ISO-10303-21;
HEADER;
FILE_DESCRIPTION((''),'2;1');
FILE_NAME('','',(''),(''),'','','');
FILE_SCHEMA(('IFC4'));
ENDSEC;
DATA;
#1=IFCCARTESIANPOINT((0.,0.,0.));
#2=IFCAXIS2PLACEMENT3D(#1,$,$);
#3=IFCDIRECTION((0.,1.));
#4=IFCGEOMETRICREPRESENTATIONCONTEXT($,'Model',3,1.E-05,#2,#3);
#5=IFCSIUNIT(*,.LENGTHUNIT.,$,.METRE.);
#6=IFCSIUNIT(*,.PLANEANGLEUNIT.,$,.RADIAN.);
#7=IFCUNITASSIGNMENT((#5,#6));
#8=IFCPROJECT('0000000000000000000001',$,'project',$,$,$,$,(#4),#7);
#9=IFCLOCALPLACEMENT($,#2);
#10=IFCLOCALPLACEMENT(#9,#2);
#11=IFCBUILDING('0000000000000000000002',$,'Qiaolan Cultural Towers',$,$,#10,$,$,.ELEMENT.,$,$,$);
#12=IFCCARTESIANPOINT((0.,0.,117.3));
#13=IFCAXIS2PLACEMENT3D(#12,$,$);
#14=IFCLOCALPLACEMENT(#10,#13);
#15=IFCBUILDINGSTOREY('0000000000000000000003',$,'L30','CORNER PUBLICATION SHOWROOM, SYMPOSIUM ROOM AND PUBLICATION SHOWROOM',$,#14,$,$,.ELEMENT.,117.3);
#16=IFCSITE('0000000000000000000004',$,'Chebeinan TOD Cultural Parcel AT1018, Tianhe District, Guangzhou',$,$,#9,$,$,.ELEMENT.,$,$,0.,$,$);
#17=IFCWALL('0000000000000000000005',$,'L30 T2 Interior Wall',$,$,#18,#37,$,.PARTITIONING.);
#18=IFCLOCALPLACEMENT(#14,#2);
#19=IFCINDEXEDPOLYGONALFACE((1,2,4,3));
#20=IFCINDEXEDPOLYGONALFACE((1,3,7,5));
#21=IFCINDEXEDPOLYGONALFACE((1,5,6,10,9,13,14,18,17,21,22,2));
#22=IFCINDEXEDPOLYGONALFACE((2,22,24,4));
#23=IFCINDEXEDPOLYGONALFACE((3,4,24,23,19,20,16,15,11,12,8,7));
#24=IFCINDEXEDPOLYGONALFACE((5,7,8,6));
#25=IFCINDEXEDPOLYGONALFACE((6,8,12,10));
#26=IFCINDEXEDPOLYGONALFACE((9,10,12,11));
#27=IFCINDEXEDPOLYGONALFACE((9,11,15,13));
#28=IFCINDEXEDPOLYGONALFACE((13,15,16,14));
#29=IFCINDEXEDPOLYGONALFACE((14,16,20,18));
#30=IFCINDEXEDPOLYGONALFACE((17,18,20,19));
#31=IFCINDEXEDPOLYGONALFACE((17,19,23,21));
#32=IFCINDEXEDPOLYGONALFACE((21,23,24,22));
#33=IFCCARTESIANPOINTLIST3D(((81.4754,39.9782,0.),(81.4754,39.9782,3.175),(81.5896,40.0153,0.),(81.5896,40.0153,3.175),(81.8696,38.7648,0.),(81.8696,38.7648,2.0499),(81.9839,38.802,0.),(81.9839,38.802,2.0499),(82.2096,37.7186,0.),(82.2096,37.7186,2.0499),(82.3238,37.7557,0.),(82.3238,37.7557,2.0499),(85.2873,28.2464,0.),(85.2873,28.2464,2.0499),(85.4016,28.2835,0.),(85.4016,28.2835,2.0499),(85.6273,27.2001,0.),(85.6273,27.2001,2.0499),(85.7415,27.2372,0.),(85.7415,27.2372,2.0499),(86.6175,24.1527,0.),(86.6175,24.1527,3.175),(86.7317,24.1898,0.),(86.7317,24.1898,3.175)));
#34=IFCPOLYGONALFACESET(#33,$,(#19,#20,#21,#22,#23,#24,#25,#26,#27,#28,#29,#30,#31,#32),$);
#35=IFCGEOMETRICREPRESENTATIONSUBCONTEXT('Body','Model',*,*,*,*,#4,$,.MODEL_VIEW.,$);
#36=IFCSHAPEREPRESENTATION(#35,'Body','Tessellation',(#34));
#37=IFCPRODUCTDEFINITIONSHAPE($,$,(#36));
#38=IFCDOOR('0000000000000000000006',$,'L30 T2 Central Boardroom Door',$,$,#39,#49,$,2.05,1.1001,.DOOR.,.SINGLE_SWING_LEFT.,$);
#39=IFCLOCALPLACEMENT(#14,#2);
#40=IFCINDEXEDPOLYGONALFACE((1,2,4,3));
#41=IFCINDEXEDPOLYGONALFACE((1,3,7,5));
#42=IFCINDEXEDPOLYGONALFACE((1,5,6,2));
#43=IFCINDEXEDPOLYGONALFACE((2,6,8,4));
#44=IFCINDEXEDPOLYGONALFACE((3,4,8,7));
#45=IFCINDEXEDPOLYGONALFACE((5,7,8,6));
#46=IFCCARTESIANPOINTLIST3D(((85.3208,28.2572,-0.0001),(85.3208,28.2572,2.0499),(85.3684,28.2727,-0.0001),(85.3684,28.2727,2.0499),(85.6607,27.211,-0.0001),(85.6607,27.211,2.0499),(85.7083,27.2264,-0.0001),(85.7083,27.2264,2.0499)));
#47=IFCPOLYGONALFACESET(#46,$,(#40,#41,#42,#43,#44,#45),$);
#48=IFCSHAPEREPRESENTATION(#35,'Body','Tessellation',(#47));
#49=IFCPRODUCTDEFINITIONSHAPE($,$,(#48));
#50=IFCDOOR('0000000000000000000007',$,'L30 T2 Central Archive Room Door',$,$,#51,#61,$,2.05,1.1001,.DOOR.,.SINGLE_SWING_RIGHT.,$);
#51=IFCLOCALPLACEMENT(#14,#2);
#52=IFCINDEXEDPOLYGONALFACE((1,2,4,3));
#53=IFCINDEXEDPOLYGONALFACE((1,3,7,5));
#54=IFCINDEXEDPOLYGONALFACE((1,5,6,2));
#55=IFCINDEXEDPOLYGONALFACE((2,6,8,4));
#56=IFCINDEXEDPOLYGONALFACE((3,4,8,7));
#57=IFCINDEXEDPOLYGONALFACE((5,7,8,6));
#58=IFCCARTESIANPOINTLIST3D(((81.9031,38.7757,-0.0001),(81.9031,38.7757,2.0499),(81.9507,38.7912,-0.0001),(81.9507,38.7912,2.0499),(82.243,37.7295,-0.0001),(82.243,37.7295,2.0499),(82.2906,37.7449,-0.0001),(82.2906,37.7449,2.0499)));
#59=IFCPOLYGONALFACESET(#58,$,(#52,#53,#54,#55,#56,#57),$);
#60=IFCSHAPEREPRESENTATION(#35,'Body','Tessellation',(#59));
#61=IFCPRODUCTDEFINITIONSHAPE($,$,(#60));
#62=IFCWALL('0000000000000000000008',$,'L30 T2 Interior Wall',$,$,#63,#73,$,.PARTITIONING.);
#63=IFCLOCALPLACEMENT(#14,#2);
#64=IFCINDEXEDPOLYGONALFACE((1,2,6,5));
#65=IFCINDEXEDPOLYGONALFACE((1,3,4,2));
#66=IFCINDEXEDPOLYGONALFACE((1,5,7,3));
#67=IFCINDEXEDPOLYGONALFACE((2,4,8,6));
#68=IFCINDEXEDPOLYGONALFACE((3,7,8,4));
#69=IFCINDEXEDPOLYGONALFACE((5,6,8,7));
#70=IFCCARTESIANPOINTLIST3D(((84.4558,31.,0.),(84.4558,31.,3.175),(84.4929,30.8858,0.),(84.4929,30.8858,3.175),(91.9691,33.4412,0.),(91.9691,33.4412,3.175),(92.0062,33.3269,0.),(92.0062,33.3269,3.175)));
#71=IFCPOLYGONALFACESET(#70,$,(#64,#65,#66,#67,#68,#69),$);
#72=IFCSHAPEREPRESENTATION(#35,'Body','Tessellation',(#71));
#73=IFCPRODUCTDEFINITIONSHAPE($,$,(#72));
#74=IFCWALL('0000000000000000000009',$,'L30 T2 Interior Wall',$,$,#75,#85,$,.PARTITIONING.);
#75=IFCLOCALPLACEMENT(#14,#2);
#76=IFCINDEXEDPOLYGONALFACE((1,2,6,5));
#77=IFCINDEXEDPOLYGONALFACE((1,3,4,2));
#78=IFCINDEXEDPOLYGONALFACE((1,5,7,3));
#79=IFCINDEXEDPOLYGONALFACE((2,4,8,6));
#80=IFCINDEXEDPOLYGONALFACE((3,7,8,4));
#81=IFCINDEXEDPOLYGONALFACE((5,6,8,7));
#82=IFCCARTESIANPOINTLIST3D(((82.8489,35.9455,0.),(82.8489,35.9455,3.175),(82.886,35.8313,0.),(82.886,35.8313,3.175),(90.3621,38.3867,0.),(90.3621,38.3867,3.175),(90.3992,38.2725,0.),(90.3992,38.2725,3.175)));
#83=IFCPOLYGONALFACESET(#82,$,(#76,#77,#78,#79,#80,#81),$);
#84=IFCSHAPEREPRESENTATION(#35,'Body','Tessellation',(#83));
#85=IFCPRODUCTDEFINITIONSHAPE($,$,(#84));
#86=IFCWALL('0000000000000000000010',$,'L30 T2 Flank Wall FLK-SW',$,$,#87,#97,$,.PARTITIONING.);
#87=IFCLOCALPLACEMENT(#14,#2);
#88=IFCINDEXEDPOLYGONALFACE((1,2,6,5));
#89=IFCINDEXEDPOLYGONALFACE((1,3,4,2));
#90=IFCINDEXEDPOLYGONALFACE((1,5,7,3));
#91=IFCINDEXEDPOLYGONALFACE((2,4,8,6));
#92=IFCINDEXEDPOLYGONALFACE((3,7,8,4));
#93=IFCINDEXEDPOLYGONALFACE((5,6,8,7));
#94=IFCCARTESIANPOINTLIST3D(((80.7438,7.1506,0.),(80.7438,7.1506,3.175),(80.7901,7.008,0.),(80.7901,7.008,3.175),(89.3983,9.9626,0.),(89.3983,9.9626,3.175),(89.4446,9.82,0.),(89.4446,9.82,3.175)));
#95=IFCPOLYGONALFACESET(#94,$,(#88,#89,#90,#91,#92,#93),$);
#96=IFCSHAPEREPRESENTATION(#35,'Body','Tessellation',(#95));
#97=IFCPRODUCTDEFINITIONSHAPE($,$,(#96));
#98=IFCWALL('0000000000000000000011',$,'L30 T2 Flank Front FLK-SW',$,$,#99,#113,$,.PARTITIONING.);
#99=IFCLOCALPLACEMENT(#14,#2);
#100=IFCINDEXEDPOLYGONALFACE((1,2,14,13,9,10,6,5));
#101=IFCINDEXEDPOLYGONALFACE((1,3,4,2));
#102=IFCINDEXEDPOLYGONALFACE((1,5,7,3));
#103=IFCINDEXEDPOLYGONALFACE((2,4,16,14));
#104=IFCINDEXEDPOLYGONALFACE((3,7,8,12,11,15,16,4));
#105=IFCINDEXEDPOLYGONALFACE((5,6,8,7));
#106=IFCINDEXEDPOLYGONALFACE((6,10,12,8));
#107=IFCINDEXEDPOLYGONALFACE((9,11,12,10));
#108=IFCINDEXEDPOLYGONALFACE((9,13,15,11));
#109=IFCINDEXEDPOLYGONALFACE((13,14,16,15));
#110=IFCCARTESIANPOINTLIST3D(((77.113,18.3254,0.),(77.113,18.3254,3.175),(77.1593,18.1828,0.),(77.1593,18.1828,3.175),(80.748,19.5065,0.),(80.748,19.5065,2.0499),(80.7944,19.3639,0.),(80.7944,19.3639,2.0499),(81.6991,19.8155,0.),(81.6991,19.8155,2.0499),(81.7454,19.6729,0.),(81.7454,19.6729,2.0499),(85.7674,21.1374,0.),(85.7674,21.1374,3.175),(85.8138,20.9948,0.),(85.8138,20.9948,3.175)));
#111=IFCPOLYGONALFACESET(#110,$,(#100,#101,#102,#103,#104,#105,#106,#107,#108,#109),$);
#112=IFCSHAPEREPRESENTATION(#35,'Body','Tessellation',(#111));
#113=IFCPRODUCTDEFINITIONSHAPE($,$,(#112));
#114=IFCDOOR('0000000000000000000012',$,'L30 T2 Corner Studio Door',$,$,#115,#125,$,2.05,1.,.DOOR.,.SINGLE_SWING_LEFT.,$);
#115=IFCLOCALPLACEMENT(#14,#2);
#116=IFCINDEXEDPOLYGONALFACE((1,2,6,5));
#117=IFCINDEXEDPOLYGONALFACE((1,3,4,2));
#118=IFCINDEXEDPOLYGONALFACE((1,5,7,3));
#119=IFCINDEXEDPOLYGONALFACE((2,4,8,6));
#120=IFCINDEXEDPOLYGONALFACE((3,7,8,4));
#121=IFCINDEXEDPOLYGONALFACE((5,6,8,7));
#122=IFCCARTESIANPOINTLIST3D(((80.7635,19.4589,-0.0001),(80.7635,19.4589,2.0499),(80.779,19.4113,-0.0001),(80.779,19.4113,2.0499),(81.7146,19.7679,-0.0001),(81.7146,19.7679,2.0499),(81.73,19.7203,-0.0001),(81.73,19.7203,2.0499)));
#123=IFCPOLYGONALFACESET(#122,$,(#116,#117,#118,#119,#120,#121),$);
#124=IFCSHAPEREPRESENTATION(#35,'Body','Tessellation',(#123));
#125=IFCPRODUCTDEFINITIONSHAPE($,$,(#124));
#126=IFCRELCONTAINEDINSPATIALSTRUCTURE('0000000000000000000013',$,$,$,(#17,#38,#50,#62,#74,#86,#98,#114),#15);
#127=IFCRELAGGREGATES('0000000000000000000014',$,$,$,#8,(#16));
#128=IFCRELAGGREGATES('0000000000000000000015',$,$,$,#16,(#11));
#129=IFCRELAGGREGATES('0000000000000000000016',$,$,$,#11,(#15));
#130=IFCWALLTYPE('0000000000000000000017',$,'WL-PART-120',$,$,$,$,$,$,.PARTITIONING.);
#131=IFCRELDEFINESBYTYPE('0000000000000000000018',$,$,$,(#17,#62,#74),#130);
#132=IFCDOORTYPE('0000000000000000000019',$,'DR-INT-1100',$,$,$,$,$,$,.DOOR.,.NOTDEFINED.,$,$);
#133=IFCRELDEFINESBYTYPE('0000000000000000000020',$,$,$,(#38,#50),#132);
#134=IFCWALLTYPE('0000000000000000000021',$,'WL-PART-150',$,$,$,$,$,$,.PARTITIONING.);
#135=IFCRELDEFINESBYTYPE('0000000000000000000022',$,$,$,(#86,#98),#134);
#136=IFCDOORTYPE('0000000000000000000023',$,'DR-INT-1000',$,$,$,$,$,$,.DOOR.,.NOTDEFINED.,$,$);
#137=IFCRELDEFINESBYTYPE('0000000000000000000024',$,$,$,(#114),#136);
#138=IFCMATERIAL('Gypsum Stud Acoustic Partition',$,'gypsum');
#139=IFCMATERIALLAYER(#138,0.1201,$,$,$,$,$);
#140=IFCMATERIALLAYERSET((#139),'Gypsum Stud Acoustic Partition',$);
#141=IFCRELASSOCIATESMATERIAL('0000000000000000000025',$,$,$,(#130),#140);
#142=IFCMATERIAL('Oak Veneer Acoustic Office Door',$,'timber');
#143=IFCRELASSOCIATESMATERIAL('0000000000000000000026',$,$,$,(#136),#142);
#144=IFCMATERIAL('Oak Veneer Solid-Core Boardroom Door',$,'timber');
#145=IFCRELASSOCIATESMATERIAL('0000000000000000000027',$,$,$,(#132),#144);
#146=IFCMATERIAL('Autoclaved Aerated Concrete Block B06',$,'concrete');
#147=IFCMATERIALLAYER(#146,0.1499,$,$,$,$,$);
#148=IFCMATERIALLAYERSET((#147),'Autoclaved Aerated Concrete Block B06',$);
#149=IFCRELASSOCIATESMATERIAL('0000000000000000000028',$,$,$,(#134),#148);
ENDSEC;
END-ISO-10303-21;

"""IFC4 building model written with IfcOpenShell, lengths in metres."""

from ifc_helpers import new_model, si_unit, direction, frame, frame_2d, origin, place, context, subcontext, project, spatial, rectangle, extrude, material, layer, layer_set, type_object, element, fill, save


model = new_model("IFC4")

# Units and contexts
model_context = context("Model", 3, precision=1e-05, world=origin(), true_north=direction((0.0, 1.0)))
body_context = subcontext(model_context, "Body", "Model", "MODEL_VIEW")
ifc_project = project(units=[si_unit("LENGTHUNIT", "METRE"), si_unit("PLANEANGLEUNIT", "RADIAN")], contexts=[model_context])

# Site, building, storey
site_placement = place(None, origin())
site = spatial("IfcSite", under=ifc_project, at=site_placement, Name="Chebeinan TOD Cultural Parcel AT1018, Tianhe District, Guangzhou", CompositionType="ELEMENT", RefElevation=0.0)
building_placement = place(site_placement, origin())
building = spatial("IfcBuilding", under=site, at=building_placement, Name="Qiaolan Cultural Towers", CompositionType="ELEMENT")
storey_placement = place(building_placement, frame((0.0, 0.0, 117.3)))
storey = spatial("IfcBuildingStorey", under=building, at=storey_placement, Name="L30", Description="CORNER PUBLICATION SHOWROOM, SYMPOSIUM ROOM AND PUBLICATION SHOWROOM", CompositionType="ELEMENT", Elevation=117.3)

# Shared definitions
ifc_material_1 = material(Name="Gypsum Stud Acoustic Partition", Category="gypsum")
ifc_layer_1 = layer(ifc_material_1, 0.1201)
ifc_layer_set_1 = layer_set([ifc_layer_1], Name="Gypsum Stud Acoustic Partition")
wall_type_1 = type_object("IfcWallType", Name="WL-PART-120", PredefinedType="PARTITIONING", material=ifc_layer_set_1)

# Wall, openings, doors
ifc_material_2 = material(Name="Oak Veneer Acoustic Office Door", Category="timber")
door_type_1 = type_object("IfcDoorType", Name="DR-INT-1000", OperationType="NOTDEFINED", PredefinedType="DOOR", material=ifc_material_2)
wall_1_placement = place(storey_placement, frame((86.6746, 24.1714, 0.0), z_axis=(0.0, 0.0, 1.0), x_axis=(-0.309022, 0.951055, 0.0)))
wall_1 = element("IfcWall", 1, at=wall_1_placement, inside=storey, type_object=wall_type_1, Name="L30 T2 Interior Wall", PredefinedType="PARTITIONING", context=body_context, shape_type="SweptSolid", body=[
    extrude(rectangle(XDim=16.6399, YDim=0.1201, at=frame_2d((8.3198, 0.0))), origin(), (0.0, 0.0, 1.0), 3.175),
])
opening_1_placement = place(wall_1_placement, frame((3.2041, 0.0, 0.0)))
opening_1 = element("IfcOpeningElement", 2, at=opening_1_placement, cuts=wall_1, PredefinedType="OPENING", context=body_context, shape_type="SweptSolid", body=[
    extrude(rectangle(XDim=1.1001, YDim=2.05, at=frame_2d((0.55, 1.0249))), frame((0.0, 0.0701, 0.0), z_axis=(0.0, -1.0, 0.0), x_axis=(1.0, 0.0, 0.0)), (0.0, 0.0, 1.0), 0.1401),
])
opening_2_placement = place(wall_1_placement, frame((14.2639, 0.0, 0.0)))
opening_2 = element("IfcOpeningElement", 3, at=opening_2_placement, cuts=wall_1, PredefinedType="OPENING", context=body_context, shape_type="SweptSolid", body=[
    extrude(rectangle(XDim=1.1001, YDim=2.05, at=frame_2d((0.55, 1.0249))), frame((0.0, 0.0701, 0.0), z_axis=(0.0, -1.0, 0.0), x_axis=(1.0, 0.0, 0.0)), (0.0, 0.0, 1.0), 0.1401),
])
ifc_material_3 = material(Name="Oak Veneer Solid-Core Boardroom Door", Category="timber")
door_type_2 = type_object("IfcDoorType", Name="DR-INT-1100", OperationType="NOTDEFINED", PredefinedType="DOOR", material=ifc_material_3)
door_1_placement = place(opening_1_placement, origin())
door_1 = element("IfcDoor", 4, at=door_1_placement, inside=storey, type_object=door_type_2, Name="L30 T2 Central Boardroom Door", OperationType="SINGLE_SWING_LEFT", OverallHeight=2.05, OverallWidth=1.1001, PredefinedType="DOOR", context=body_context, shape_type="SweptSolid", body=[
    extrude(rectangle(XDim=1.1001, YDim=2.05, at=frame_2d((0.55, 1.0249))), frame((0.0, 0.0249, 0.0), z_axis=(0.0, -1.0, 0.0), x_axis=(1.0, 0.0, 0.0)), (0.0, 0.0, 1.0), 0.05),
])
fill(opening_1, door_1)
door_2_placement = place(opening_2_placement, origin())
door_2 = element("IfcDoor", 5, at=door_2_placement, inside=storey, type_object=door_type_2, Name="L30 T2 Central Archive Room Door", OperationType="SINGLE_SWING_RIGHT", OverallHeight=2.05, OverallWidth=1.1001, PredefinedType="DOOR", context=body_context, shape_type="SweptSolid", body=[
    extrude(rectangle(XDim=1.1001, YDim=2.05, at=frame_2d((0.55, 1.0249))), frame((0.0, 0.0249, 0.0), z_axis=(0.0, -1.0, 0.0), x_axis=(1.0, 0.0, 0.0)), (0.0, 0.0, 1.0), 0.05),
])
fill(opening_2, door_2)

# Walls
for number, where, z_axis, x_axis, name in (
    (6, (84.4744, 30.9429, 0.0), (0.0, 0.0, 1.0), (0.951057, 0.309015, 0.0), "L30 T2 Interior Wall"),
    (7, (82.8674, 35.8884, 0.0), (0.0, 0.0, 1.0), (0.951057, 0.309015, 0.0), "L30 T2 Interior Wall"),
):
    element("IfcWall", number, at=place(storey_placement, frame(where, z_axis=z_axis, x_axis=x_axis)), inside=storey, type_object=wall_type_1, Name=name, PredefinedType="PARTITIONING", context=body_context, shape_type="SweptSolid", body=[
        extrude(rectangle(XDim=7.8999, YDim=0.1201, at=frame_2d((3.95, 0.0))), origin(), (0.0, 0.0, 1.0), 3.175),
    ])
ifc_material_4 = material(Name="Autoclaved Aerated Concrete Block B06", Category="concrete")
ifc_layer_2 = layer(ifc_material_4, 0.1499)
ifc_layer_set_2 = layer_set([ifc_layer_2], Name="Autoclaved Aerated Concrete Block B06")
wall_type_2 = type_object("IfcWallType", Name="WL-PART-150", PredefinedType="PARTITIONING", material=ifc_layer_set_2)
wall_2_placement = place(storey_placement, frame((80.7671, 7.0793, 0.0), z_axis=(0.0, 0.0, 1.0), x_axis=(0.951057, 0.309015, 0.0)))
element("IfcWall", 8, at=wall_2_placement, inside=storey, type_object=wall_type_2, Name="L30 T2 Flank Wall FLK-SW", PredefinedType="PARTITIONING", context=body_context, shape_type="SweptSolid", body=[
    extrude(rectangle(XDim=9.0999, YDim=0.1499, at=frame_2d((4.5498, 0.0))), origin(), (0.0, 0.0, 1.0), 3.175),
])

# Wall, opening, door
wall_3_placement = place(storey_placement, frame((77.1362, 18.2542, 0.0), z_axis=(0.0, 0.0, 1.0), x_axis=(0.951057, 0.309015, 0.0)))
wall_3 = element("IfcWall", 9, at=wall_3_placement, inside=storey, type_object=wall_type_2, Name="L30 T2 Flank Front FLK-SW", PredefinedType="PARTITIONING", context=body_context, shape_type="SweptSolid", body=[
    extrude(rectangle(XDim=9.0999, YDim=0.1499, at=frame_2d((4.5498, 0.0))), origin(), (0.0, 0.0, 1.0), 3.175),
])
opening_3_placement = place(wall_3_placement, frame((3.822, 0.0, 0.0)))
opening_3 = element("IfcOpeningElement", 10, at=opening_3_placement, cuts=wall_3, PredefinedType="OPENING", context=body_context, shape_type="SweptSolid", body=[
    extrude(rectangle(XDim=1.0, YDim=2.05, at=frame_2d((0.5, 1.0249))), frame((0.0, 0.085, 0.0), z_axis=(0.0, -1.0, 0.0), x_axis=(1.0, 0.0, 0.0)), (0.0, 0.0, 1.0), 0.1699),
])
door_3_placement = place(opening_3_placement, origin())
door_3 = element("IfcDoor", 11, at=door_3_placement, inside=storey, type_object=door_type_1, Name="L30 T2 Corner Studio Door", OperationType="SINGLE_SWING_LEFT", OverallHeight=2.05, OverallWidth=1.0, PredefinedType="DOOR", context=body_context, shape_type="SweptSolid", body=[
    extrude(rectangle(XDim=1.0, YDim=2.05, at=frame_2d((0.5, 1.0249))), frame((0.0, 0.0249, 0.0), z_axis=(0.0, -1.0, 0.0), x_axis=(1.0, 0.0, 0.0)), (0.0, 0.0, 1.0), 0.05),
])
fill(opening_3, door_3)

save(model, "model.ifc")
